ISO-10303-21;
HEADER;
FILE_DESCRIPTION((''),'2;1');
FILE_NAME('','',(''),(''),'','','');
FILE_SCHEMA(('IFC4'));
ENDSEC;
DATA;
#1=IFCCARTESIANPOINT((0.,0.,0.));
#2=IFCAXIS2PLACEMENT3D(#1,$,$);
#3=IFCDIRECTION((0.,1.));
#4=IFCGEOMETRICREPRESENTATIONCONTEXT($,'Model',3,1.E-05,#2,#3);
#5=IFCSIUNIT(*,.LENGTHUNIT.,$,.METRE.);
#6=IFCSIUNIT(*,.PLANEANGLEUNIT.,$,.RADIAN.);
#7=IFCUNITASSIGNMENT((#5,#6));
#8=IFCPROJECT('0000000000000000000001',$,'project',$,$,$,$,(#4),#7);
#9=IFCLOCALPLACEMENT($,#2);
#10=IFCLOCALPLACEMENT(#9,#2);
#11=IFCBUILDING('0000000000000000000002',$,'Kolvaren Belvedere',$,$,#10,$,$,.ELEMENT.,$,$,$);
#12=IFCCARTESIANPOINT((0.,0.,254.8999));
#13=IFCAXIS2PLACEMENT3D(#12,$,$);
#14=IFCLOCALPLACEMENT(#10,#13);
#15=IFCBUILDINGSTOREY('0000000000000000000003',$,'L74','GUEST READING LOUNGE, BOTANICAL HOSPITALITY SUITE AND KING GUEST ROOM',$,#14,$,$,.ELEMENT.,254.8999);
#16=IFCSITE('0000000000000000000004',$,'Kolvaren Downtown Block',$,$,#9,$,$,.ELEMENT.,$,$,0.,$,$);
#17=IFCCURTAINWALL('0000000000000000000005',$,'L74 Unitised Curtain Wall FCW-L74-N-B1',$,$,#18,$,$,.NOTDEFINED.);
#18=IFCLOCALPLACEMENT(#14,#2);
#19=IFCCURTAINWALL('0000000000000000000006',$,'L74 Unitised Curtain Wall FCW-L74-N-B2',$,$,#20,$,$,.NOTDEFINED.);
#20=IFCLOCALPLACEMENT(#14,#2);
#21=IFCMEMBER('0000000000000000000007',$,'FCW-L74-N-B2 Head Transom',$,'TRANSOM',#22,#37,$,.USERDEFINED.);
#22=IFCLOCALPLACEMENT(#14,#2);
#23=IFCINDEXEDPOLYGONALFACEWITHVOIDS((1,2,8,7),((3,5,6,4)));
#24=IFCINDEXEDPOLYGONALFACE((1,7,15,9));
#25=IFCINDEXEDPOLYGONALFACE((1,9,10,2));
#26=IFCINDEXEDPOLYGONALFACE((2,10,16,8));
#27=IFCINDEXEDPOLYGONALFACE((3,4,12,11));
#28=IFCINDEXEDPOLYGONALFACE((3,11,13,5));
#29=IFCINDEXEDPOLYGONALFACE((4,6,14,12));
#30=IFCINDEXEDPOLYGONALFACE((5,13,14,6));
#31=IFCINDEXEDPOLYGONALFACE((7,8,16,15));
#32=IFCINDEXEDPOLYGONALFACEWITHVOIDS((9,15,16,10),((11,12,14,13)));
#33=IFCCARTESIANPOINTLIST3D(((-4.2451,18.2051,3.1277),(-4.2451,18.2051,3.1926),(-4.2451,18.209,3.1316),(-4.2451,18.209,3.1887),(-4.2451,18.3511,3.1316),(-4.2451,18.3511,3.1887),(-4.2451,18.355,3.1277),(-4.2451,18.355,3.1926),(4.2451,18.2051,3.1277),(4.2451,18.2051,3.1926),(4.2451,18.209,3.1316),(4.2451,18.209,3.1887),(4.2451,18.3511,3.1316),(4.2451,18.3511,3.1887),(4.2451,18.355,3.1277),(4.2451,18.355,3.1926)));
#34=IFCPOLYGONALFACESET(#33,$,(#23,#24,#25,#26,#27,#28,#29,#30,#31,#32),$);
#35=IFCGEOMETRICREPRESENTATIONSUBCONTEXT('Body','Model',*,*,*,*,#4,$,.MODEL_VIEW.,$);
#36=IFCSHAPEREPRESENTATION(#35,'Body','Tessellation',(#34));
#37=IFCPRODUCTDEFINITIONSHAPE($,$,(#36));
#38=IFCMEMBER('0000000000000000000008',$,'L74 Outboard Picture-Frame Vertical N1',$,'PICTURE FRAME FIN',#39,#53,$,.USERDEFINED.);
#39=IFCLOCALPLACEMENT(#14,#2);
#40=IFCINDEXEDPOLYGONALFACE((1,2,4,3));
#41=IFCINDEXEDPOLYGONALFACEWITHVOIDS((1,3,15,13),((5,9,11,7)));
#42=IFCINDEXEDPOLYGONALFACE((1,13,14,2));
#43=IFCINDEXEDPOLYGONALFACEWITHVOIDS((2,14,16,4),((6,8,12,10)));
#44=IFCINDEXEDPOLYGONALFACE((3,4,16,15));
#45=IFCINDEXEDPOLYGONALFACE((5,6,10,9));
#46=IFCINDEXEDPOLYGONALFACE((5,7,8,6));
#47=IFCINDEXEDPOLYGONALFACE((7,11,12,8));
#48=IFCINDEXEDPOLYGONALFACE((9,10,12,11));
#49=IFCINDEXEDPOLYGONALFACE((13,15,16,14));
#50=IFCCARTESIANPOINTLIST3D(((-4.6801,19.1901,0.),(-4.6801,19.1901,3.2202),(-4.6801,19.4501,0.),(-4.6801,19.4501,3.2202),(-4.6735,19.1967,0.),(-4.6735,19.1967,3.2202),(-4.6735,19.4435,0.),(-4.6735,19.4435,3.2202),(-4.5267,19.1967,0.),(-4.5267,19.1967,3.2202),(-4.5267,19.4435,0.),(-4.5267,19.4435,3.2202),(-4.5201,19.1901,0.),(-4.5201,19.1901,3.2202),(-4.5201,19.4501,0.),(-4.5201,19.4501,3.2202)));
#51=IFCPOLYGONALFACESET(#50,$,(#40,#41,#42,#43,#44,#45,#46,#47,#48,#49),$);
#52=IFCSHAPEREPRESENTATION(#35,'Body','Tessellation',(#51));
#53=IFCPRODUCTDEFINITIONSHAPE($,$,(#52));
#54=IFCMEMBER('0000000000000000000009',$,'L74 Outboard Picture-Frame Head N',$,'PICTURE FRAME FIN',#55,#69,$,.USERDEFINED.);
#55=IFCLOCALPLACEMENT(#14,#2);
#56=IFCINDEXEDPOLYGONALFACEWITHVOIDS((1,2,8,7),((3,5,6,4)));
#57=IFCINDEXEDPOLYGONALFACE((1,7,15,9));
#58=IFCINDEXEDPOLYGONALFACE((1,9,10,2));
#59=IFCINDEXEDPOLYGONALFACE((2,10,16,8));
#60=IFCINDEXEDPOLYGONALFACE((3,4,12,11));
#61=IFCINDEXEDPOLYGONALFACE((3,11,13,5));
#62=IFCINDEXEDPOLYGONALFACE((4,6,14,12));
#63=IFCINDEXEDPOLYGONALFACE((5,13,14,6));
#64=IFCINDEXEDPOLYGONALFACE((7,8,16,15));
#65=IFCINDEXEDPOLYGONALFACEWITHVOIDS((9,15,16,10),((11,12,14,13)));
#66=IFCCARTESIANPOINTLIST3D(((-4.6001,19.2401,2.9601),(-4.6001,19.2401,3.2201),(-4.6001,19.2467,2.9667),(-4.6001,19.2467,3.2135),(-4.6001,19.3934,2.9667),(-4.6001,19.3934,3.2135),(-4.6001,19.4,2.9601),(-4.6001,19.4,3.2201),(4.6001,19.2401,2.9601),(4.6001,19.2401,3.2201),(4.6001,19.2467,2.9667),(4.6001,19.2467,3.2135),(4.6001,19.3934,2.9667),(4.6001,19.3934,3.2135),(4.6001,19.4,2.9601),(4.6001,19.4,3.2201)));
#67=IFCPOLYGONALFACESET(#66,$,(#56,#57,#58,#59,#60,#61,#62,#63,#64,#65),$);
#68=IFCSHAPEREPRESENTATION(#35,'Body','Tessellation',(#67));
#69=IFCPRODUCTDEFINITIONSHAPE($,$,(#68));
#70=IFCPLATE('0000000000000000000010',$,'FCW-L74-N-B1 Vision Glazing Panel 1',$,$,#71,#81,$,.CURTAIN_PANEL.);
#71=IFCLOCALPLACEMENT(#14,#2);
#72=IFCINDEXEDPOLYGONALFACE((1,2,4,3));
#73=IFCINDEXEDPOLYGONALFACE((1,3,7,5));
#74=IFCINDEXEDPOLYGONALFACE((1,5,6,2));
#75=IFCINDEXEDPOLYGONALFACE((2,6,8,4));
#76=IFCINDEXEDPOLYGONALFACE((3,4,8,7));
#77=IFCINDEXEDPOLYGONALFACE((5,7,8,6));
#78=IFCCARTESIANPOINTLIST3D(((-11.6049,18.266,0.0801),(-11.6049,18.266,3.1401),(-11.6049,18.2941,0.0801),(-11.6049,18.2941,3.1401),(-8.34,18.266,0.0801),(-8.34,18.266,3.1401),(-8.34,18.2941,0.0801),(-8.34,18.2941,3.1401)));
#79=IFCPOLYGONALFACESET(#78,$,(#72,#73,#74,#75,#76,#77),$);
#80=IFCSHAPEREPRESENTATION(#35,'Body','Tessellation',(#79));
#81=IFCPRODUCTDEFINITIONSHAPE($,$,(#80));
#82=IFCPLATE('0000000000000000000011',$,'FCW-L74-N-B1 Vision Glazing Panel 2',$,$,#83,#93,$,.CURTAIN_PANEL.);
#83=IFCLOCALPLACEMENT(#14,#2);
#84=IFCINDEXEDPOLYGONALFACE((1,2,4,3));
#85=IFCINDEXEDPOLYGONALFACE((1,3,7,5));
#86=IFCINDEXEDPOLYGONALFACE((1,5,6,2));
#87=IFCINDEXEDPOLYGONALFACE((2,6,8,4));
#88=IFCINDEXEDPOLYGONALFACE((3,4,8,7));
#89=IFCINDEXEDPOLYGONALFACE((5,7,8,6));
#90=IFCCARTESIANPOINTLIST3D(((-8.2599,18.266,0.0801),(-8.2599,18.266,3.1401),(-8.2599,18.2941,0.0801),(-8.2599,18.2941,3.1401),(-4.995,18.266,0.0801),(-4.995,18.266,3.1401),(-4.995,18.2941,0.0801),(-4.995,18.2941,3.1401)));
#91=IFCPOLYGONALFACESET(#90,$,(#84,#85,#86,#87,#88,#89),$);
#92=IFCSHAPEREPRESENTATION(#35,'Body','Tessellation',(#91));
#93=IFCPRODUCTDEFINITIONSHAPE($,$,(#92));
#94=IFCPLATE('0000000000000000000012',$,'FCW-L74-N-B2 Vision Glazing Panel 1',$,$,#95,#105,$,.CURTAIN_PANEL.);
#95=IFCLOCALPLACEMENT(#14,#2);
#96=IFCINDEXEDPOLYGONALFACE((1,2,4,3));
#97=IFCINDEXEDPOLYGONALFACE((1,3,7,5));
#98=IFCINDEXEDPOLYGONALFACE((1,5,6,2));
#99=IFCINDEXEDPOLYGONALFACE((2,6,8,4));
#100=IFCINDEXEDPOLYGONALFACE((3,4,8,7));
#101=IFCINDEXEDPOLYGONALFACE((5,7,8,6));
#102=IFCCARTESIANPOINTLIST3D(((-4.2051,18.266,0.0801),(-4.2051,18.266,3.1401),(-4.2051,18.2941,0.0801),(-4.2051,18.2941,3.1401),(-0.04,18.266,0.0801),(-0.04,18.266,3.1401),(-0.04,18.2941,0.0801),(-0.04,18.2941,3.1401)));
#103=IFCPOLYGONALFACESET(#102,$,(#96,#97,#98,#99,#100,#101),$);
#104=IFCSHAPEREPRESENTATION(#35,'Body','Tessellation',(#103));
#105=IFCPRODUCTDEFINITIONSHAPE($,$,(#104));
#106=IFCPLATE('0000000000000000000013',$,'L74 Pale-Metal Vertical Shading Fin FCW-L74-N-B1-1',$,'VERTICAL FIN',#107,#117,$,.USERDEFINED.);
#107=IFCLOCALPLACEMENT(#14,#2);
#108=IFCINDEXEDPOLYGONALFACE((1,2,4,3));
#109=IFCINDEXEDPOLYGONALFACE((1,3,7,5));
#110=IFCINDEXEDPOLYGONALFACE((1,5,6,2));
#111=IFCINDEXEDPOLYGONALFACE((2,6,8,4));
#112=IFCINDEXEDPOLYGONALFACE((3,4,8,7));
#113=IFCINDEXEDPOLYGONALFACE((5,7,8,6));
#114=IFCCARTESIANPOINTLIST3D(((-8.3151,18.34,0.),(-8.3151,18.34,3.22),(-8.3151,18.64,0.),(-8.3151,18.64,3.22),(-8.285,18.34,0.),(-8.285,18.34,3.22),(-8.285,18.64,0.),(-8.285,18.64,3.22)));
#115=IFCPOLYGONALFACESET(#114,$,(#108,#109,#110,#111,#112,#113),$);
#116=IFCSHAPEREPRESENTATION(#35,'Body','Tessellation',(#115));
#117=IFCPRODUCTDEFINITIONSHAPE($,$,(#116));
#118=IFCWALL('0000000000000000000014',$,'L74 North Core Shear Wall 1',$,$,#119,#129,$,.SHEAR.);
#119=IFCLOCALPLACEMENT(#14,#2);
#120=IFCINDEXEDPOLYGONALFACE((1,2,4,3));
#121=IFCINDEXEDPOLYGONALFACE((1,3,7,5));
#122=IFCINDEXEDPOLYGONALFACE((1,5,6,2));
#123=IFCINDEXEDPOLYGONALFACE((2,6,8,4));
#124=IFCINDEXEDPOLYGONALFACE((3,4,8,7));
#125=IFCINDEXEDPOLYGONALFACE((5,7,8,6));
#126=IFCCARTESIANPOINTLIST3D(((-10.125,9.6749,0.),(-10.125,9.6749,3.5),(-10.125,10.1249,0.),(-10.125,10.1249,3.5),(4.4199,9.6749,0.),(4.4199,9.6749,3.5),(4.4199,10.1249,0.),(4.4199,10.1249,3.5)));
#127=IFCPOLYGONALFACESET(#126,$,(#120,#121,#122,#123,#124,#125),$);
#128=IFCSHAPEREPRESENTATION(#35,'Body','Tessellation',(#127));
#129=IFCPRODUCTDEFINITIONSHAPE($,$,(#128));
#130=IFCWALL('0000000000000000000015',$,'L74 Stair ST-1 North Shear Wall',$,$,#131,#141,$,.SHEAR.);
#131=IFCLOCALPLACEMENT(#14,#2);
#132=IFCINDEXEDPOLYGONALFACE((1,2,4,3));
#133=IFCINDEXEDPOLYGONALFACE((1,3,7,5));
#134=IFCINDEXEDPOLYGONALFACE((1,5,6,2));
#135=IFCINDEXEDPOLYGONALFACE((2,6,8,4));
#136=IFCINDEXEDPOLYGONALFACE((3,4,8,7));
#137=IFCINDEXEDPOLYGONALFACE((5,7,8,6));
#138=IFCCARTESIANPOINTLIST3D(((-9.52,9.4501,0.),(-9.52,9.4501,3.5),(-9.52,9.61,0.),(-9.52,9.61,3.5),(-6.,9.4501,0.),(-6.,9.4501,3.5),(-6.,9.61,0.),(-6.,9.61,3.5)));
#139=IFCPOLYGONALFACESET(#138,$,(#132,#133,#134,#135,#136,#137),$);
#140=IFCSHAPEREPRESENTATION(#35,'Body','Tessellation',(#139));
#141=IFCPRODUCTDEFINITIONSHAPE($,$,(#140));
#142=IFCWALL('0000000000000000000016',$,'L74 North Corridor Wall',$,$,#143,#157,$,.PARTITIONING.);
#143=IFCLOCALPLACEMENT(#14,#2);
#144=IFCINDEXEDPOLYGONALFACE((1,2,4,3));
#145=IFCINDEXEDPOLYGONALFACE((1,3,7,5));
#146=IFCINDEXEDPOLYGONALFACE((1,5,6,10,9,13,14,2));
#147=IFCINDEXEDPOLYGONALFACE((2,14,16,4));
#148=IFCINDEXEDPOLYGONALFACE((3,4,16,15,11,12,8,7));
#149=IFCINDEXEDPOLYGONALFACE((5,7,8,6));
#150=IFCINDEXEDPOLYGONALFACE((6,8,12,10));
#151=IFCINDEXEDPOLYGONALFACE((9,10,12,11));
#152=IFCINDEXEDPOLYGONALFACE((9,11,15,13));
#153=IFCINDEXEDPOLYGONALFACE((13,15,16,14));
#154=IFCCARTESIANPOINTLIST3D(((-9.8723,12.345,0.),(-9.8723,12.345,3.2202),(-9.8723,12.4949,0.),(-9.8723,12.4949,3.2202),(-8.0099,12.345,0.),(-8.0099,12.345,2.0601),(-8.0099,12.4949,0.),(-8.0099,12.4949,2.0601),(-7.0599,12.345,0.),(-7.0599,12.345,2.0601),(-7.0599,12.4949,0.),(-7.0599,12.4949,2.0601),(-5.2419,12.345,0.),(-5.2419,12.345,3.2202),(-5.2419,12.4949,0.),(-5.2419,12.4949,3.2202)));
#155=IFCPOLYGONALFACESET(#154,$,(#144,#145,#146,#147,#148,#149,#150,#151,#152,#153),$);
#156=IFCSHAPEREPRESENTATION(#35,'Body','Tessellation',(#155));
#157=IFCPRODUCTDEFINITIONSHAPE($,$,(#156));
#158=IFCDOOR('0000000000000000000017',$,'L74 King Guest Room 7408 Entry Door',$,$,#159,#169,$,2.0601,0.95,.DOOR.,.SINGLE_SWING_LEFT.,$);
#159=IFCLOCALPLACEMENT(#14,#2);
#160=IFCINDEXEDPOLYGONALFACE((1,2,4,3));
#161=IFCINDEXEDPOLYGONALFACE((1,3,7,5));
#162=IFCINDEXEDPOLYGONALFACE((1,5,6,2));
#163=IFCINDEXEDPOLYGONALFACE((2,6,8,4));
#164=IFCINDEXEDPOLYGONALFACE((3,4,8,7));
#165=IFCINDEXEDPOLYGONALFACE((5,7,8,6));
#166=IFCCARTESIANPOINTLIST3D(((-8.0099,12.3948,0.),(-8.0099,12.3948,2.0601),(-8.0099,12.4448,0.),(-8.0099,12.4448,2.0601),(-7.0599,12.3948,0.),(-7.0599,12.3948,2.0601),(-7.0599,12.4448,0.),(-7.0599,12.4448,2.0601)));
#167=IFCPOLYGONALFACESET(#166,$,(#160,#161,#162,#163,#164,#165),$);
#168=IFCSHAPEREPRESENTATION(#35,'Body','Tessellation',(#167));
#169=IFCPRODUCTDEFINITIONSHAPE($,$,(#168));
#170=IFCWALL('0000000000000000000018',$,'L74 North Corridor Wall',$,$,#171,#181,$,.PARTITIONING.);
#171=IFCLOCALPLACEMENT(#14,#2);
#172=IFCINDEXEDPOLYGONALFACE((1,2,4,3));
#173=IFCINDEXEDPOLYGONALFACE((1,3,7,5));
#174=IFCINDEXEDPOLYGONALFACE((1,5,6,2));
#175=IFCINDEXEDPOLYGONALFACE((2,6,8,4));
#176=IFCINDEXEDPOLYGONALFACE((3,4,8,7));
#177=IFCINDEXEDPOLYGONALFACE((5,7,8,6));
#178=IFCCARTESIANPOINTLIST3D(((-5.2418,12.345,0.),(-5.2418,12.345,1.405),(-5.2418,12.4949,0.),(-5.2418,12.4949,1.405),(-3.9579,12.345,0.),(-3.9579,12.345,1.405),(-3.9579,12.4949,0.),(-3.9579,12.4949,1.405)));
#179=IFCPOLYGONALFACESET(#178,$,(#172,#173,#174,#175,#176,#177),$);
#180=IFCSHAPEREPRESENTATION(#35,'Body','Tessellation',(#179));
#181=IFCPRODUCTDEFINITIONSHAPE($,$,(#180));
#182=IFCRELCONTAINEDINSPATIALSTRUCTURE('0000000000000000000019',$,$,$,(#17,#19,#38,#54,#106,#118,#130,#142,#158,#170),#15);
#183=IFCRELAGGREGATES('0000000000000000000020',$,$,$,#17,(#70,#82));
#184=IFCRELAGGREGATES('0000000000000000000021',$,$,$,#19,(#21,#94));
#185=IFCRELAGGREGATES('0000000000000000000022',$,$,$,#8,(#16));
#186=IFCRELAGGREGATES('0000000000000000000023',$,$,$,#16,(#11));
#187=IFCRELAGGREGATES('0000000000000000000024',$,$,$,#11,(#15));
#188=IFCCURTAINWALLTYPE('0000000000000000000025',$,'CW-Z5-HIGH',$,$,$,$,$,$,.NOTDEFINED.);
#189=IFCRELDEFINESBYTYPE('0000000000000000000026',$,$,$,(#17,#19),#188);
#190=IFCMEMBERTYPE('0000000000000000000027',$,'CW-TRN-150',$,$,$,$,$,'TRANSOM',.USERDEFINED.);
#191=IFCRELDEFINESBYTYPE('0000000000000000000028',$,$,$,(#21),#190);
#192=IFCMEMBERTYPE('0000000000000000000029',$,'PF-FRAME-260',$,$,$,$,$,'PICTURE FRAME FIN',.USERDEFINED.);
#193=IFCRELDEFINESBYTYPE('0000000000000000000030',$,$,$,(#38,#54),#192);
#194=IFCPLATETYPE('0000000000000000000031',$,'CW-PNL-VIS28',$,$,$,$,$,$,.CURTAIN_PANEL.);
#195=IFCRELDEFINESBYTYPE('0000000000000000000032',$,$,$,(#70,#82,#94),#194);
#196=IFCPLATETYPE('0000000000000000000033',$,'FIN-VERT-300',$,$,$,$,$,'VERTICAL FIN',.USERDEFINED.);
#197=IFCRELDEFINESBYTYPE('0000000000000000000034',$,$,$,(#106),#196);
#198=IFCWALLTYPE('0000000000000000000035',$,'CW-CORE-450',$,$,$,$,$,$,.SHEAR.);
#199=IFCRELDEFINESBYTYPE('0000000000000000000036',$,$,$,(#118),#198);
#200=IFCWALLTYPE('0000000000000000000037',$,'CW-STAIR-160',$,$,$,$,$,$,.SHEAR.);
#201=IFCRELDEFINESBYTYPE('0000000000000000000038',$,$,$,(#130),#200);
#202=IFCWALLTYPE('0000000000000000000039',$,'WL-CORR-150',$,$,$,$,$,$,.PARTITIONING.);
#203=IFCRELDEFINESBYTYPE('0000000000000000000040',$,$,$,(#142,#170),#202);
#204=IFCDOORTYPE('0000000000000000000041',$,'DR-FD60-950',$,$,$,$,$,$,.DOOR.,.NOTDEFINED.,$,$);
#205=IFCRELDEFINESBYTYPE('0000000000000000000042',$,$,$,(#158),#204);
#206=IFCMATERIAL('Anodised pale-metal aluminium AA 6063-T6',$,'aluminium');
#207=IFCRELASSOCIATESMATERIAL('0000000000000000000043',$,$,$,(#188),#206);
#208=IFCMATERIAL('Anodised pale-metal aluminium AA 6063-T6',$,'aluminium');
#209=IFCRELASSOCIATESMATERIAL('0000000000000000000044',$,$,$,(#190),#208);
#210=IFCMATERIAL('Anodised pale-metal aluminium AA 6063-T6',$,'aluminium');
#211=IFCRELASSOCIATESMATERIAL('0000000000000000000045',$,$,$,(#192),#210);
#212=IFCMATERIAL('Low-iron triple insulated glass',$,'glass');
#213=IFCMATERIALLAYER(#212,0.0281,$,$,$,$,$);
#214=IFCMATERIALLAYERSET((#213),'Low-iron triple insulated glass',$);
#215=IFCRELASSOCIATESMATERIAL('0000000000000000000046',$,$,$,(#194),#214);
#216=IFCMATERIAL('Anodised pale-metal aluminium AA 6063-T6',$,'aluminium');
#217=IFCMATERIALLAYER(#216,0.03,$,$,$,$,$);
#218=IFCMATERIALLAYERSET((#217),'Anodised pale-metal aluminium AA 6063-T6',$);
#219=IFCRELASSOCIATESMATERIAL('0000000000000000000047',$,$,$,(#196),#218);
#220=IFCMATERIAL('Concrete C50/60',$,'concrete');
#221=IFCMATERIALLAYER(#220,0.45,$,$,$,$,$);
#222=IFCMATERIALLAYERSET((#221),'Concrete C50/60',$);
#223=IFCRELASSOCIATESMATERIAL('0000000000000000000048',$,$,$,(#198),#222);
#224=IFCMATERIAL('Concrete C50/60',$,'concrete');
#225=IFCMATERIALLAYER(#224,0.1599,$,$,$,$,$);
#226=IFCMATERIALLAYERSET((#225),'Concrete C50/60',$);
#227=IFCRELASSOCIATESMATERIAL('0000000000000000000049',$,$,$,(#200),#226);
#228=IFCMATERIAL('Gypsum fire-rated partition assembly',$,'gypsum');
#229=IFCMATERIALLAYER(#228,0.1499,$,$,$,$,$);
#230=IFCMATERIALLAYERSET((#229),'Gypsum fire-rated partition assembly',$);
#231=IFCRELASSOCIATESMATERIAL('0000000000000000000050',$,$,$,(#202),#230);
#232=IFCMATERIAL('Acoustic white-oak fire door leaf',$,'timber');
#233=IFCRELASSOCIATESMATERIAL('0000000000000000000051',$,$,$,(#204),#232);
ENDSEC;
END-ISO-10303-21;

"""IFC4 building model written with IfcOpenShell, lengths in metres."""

from ifc_helpers import new_model, si_unit, direction, frame, frame_2d, origin, origin_2d, place, context, subcontext, project, spatial, rectangle, hollow_rectangle, extrude, material, layer, layer_set, material_profile, profile_set, type_object, element, fill, aggregate, save


model = new_model("IFC4")

# Units and contexts
model_context = context("Model", 3, precision=1e-05, world=origin(), true_north=direction((0.0, 1.0)))
body_context = subcontext(model_context, "Body", "Model", "MODEL_VIEW")
ifc_project = project(units=[si_unit("LENGTHUNIT", "METRE"), si_unit("PLANEANGLEUNIT", "RADIAN")], contexts=[model_context])

# Site, building, storey
site_placement = place(None, origin())
site = spatial("IfcSite", under=ifc_project, at=site_placement, Name="Kolvaren Downtown Block", CompositionType="ELEMENT", RefElevation=0.0)
building_placement = place(site_placement, origin())
building = spatial("IfcBuilding", under=site, at=building_placement, Name="Kolvaren Belvedere", CompositionType="ELEMENT")
storey_placement = place(building_placement, frame((0.0, 0.0, 254.8999)))
storey = spatial("IfcBuildingStorey", under=building, at=storey_placement, Name="L74", Description="GUEST READING LOUNGE, BOTANICAL HOSPITALITY SUITE AND KING GUEST ROOM", CompositionType="ELEMENT", Elevation=254.8999)

# Curtain walls, member
ifc_material_1 = material(Name="Anodised pale-metal aluminium AA 6063-T6", Category="aluminium")
curtain_wall_type = type_object("IfcCurtainWallType", Name="CW-Z5-HIGH", PredefinedType="NOTDEFINED", material=ifc_material_1)
curtain_wall_1_placement = place(storey_placement, origin())
curtain_wall_1 = element("IfcCurtainWall", 1, at=curtain_wall_1_placement, inside=storey, type_object=curtain_wall_type, Name="L74 Unitised Curtain Wall FCW-L74-N-B1", PredefinedType="NOTDEFINED")
curtain_wall_2_placement = place(storey_placement, origin())
curtain_wall_2 = element("IfcCurtainWall", 2, at=curtain_wall_2_placement, inside=storey, type_object=curtain_wall_type, Name="L74 Unitised Curtain Wall FCW-L74-N-B2", PredefinedType="NOTDEFINED")
ifc_material_2 = material(Name="Anodised pale-metal aluminium AA 6063-T6", Category="aluminium")
ifc_material_profile_1 = material_profile(ifc_material_2, hollow_rectangle(XDim=0.0649, YDim=0.1499, WallThickness=0.0039, at=origin_2d()), Name="ALU-TRN-150X65")
ifc_profile_set_1 = profile_set([ifc_material_profile_1], Name="Anodised pale-metal aluminium AA 6063-T6")
member_type_1 = type_object("IfcMemberType", Name="CW-TRN-150", ElementType="TRANSOM", PredefinedType="USERDEFINED", material=ifc_profile_set_1)
member_1_placement = place(storey_placement, frame((-4.2451, 18.28, 3.1602), z_axis=(1.0, 0.0, 0.0), x_axis=(0.0, 0.0, 1.0)))
member_1 = element("IfcMember", 3, at=member_1_placement, type_object=member_type_1, Name="FCW-L74-N-B2 Head Transom", ObjectType="TRANSOM", PredefinedType="USERDEFINED", context=body_context, shape_type="SweptSolid", body=[
    extrude(hollow_rectangle(XDim=0.0649, YDim=0.1499, WallThickness=0.0039, at=origin_2d()), origin(), (0.0, 0.0, 1.0), 8.4902),
])

# Members
ifc_material_3 = material(Name="Anodised pale-metal aluminium AA 6063-T6", Category="aluminium")
ifc_material_profile_2 = material_profile(ifc_material_3, hollow_rectangle(XDim=0.1599, YDim=0.26, WallThickness=0.0066, at=origin_2d()), Name="ALU-PF-260X160")
ifc_profile_set_2 = profile_set([ifc_material_profile_2], Name="Anodised pale-metal aluminium AA 6063-T6")
member_type_2 = type_object("IfcMemberType", Name="PF-FRAME-260", ElementType="PICTURE FRAME FIN", PredefinedType="USERDEFINED", material=ifc_profile_set_2)
member_2_placement = place(storey_placement, frame((-4.6001, 19.3201, 0.0), z_axis=(0.0, 0.0, 1.0), x_axis=(1.0, 0.0, 0.0)))
element("IfcMember", 4, at=member_2_placement, inside=storey, type_object=member_type_2, Name="L74 Outboard Picture-Frame Vertical N1", ObjectType="PICTURE FRAME FIN", PredefinedType="USERDEFINED", context=body_context, shape_type="SweptSolid", body=[
    extrude(hollow_rectangle(XDim=0.1599, YDim=0.26, WallThickness=0.0066, at=origin_2d()), origin(), (0.0, 0.0, 1.0), 3.2202),
])
member_3_placement = place(storey_placement, frame((-4.6001, 19.3201, 3.0901), z_axis=(1.0, 0.0, 0.0), x_axis=(0.0, 1.0, 0.0)))
element("IfcMember", 5, at=member_3_placement, inside=storey, type_object=member_type_2, Name="L74 Outboard Picture-Frame Head N", ObjectType="PICTURE FRAME FIN", PredefinedType="USERDEFINED", context=body_context, shape_type="SweptSolid", body=[
    extrude(hollow_rectangle(XDim=0.1599, YDim=0.26, WallThickness=0.0066, at=origin_2d()), origin(), (0.0, 0.0, 1.0), 9.2002),
])

# Plates
ifc_material_4 = material(Name="Low-iron triple insulated glass", Category="glass")
ifc_layer_1 = layer(ifc_material_4, 0.0281)
ifc_layer_set_1 = layer_set([ifc_layer_1], Name="Low-iron triple insulated glass")
plate_type_1 = type_object("IfcPlateType", Name="CW-PNL-VIS28", PredefinedType="CURTAIN_PANEL", material=ifc_layer_set_1)
plate_1_placement = place(storey_placement, frame((-9.9724, 18.28, 0.0801), z_axis=(0.0, 0.0, 1.0), x_axis=(1.0, 0.0, 0.0)))
plate_1 = element("IfcPlate", 6, at=plate_1_placement, type_object=plate_type_1, Name="FCW-L74-N-B1 Vision Glazing Panel 1", PredefinedType="CURTAIN_PANEL", context=body_context, shape_type="SweptSolid", body=[
    extrude(rectangle(XDim=3.2649, YDim=0.0281, at=origin_2d()), origin(), (0.0, 0.0, 1.0), 3.0601),
])
plate_2_placement = place(storey_placement, frame((-6.6274, 18.28, 0.0801), z_axis=(0.0, 0.0, 1.0), x_axis=(1.0, 0.0, 0.0)))
plate_2 = element("IfcPlate", 7, at=plate_2_placement, type_object=plate_type_1, Name="FCW-L74-N-B1 Vision Glazing Panel 2", PredefinedType="CURTAIN_PANEL", context=body_context, shape_type="SweptSolid", body=[
    extrude(rectangle(XDim=3.2649, YDim=0.0281, at=origin_2d()), origin(), (0.0, 0.0, 1.0), 3.0601),
])
aggregate(curtain_wall_1, [plate_1, plate_2])
plate_3_placement = place(storey_placement, frame((-2.1226, 18.28, 0.0801), z_axis=(0.0, 0.0, 1.0), x_axis=(1.0, 0.0, 0.0)))
plate_3 = element("IfcPlate", 8, at=plate_3_placement, type_object=plate_type_1, Name="FCW-L74-N-B2 Vision Glazing Panel 1", PredefinedType="CURTAIN_PANEL", context=body_context, shape_type="SweptSolid", body=[
    extrude(rectangle(XDim=4.165, YDim=0.0281, at=origin_2d()), origin(), (0.0, 0.0, 1.0), 3.0601),
])
aggregate(curtain_wall_2, [member_1, plate_3])
ifc_material_5 = material(Name="Anodised pale-metal aluminium AA 6063-T6", Category="aluminium")
ifc_layer_2 = layer(ifc_material_5, 0.03)
ifc_layer_set_2 = layer_set([ifc_layer_2], Name="Anodised pale-metal aluminium AA 6063-T6")
plate_type_2 = type_object("IfcPlateType", Name="FIN-VERT-300", ElementType="VERTICAL FIN", PredefinedType="USERDEFINED", material=ifc_layer_set_2)
plate_4_placement = place(storey_placement, frame((-8.3, 18.49, 0.0), z_axis=(0.0, 0.0, 1.0), x_axis=(0.0, 1.0, 0.0)))
element("IfcPlate", 9, at=plate_4_placement, inside=storey, type_object=plate_type_2, Name="L74 Pale-Metal Vertical Shading Fin FCW-L74-N-B1-1", ObjectType="VERTICAL FIN", PredefinedType="USERDEFINED", context=body_context, shape_type="SweptSolid", body=[
    extrude(rectangle(XDim=0.3, YDim=0.03, at=origin_2d()), origin(), (0.0, 0.0, 1.0), 3.22),
])

# Walls
ifc_material_6 = material(Name="Concrete C50/60", Category="concrete")
ifc_layer_3 = layer(ifc_material_6, 0.45)
ifc_layer_set_3 = layer_set([ifc_layer_3], Name="Concrete C50/60")
wall_type_1 = type_object("IfcWallType", Name="CW-CORE-450", PredefinedType="SHEAR", material=ifc_layer_set_3)
wall_1_placement = place(storey_placement, frame((-10.125, 9.8999, 0.0), z_axis=(0.0, 0.0, 1.0), x_axis=(1.0, 0.0, 0.0)))
element("IfcWall", 10, at=wall_1_placement, inside=storey, type_object=wall_type_1, Name="L74 North Core Shear Wall 1", PredefinedType="SHEAR", context=body_context, shape_type="SweptSolid", body=[
    extrude(rectangle(XDim=14.5449, YDim=0.45, at=frame_2d((7.2725, 0.0))), origin(), (0.0, 0.0, 1.0), 3.5),
])
ifc_material_7 = material(Name="Concrete C50/60", Category="concrete")
ifc_layer_4 = layer(ifc_material_7, 0.1599)
ifc_layer_set_4 = layer_set([ifc_layer_4], Name="Concrete C50/60")
wall_type_2 = type_object("IfcWallType", Name="CW-STAIR-160", PredefinedType="SHEAR", material=ifc_layer_set_4)
wall_2_placement = place(storey_placement, frame((-9.52, 9.53, 0.0), z_axis=(0.0, 0.0, 1.0), x_axis=(1.0, 0.0, 0.0)))
element("IfcWall", 11, at=wall_2_placement, inside=storey, type_object=wall_type_2, Name="L74 Stair ST-1 North Shear Wall", PredefinedType="SHEAR", context=body_context, shape_type="SweptSolid", body=[
    extrude(rectangle(XDim=3.52, YDim=0.1599, at=frame_2d((1.76, 0.0))), origin(), (0.0, 0.0, 1.0), 3.5),
])

# Wall, opening, door
ifc_material_8 = material(Name="Gypsum fire-rated partition assembly", Category="gypsum")
ifc_layer_5 = layer(ifc_material_8, 0.1499)
ifc_layer_set_5 = layer_set([ifc_layer_5], Name="Gypsum fire-rated partition assembly")
wall_type_3 = type_object("IfcWallType", Name="WL-CORR-150", PredefinedType="PARTITIONING", material=ifc_layer_set_5)
wall_3_placement = place(storey_placement, frame((-9.8723, 12.4199, 0.0), z_axis=(0.0, 0.0, 1.0), x_axis=(1.0, 0.0, 0.0)))
wall_3 = element("IfcWall", 12, at=wall_3_placement, inside=storey, type_object=wall_type_3, Name="L74 North Corridor Wall", PredefinedType="PARTITIONING", context=body_context, shape_type="SweptSolid", body=[
    extrude(rectangle(XDim=4.6304, YDim=0.1499, at=frame_2d((2.3152, 0.0))), origin(), (0.0, 0.0, 1.0), 3.2202),
])
opening_1_placement = place(wall_3_placement, frame((1.8623, 0.0, 0.0)))
opening_1 = element("IfcOpeningElement", 13, at=opening_1_placement, cuts=wall_3, PredefinedType="OPENING", context=body_context, shape_type="SweptSolid", body=[
    extrude(rectangle(XDim=0.95, YDim=2.0601, at=frame_2d((0.4751, 1.03))), frame((0.0, 0.085, 0.0), z_axis=(0.0, -1.0, 0.0), x_axis=(1.0, 0.0, 0.0)), (0.0, 0.0, 1.0), 0.1699),
])
ifc_material_9 = material(Name="Acoustic white-oak fire door leaf", Category="timber")
door_type_1 = type_object("IfcDoorType", Name="DR-FD60-950", OperationType="NOTDEFINED", PredefinedType="DOOR", material=ifc_material_9)
door_1_placement = place(opening_1_placement, origin())
door_1 = element("IfcDoor", 14, at=door_1_placement, inside=storey, type_object=door_type_1, Name="L74 King Guest Room 7408 Entry Door", OperationType="SINGLE_SWING_LEFT", OverallHeight=2.0601, OverallWidth=0.95, PredefinedType="DOOR", context=body_context, shape_type="SweptSolid", body=[
    extrude(rectangle(XDim=0.95, YDim=2.0601, at=frame_2d((0.4751, 1.03))), frame((0.0, 0.0249, 0.0), z_axis=(0.0, -1.0, 0.0), x_axis=(1.0, 0.0, 0.0)), (0.0, 0.0, 1.0), 0.05),
])
fill(opening_1, door_1)

# Wall
wall_4_placement = place(storey_placement, frame((-5.2419, 12.4199, 0.0), z_axis=(0.0, 0.0, 1.0), x_axis=(1.0, 0.0, 0.0)))
element("IfcWall", 15, at=wall_4_placement, inside=storey, type_object=wall_type_3, Name="L74 North Corridor Wall", PredefinedType="PARTITIONING", context=body_context, shape_type="SweptSolid", body=[
    extrude(rectangle(XDim=1.2839, YDim=0.1499, at=frame_2d((0.6421, 0.0))), origin(), (0.0, 0.0, 1.0), 1.405),
])

save(model, "model.ifc")
